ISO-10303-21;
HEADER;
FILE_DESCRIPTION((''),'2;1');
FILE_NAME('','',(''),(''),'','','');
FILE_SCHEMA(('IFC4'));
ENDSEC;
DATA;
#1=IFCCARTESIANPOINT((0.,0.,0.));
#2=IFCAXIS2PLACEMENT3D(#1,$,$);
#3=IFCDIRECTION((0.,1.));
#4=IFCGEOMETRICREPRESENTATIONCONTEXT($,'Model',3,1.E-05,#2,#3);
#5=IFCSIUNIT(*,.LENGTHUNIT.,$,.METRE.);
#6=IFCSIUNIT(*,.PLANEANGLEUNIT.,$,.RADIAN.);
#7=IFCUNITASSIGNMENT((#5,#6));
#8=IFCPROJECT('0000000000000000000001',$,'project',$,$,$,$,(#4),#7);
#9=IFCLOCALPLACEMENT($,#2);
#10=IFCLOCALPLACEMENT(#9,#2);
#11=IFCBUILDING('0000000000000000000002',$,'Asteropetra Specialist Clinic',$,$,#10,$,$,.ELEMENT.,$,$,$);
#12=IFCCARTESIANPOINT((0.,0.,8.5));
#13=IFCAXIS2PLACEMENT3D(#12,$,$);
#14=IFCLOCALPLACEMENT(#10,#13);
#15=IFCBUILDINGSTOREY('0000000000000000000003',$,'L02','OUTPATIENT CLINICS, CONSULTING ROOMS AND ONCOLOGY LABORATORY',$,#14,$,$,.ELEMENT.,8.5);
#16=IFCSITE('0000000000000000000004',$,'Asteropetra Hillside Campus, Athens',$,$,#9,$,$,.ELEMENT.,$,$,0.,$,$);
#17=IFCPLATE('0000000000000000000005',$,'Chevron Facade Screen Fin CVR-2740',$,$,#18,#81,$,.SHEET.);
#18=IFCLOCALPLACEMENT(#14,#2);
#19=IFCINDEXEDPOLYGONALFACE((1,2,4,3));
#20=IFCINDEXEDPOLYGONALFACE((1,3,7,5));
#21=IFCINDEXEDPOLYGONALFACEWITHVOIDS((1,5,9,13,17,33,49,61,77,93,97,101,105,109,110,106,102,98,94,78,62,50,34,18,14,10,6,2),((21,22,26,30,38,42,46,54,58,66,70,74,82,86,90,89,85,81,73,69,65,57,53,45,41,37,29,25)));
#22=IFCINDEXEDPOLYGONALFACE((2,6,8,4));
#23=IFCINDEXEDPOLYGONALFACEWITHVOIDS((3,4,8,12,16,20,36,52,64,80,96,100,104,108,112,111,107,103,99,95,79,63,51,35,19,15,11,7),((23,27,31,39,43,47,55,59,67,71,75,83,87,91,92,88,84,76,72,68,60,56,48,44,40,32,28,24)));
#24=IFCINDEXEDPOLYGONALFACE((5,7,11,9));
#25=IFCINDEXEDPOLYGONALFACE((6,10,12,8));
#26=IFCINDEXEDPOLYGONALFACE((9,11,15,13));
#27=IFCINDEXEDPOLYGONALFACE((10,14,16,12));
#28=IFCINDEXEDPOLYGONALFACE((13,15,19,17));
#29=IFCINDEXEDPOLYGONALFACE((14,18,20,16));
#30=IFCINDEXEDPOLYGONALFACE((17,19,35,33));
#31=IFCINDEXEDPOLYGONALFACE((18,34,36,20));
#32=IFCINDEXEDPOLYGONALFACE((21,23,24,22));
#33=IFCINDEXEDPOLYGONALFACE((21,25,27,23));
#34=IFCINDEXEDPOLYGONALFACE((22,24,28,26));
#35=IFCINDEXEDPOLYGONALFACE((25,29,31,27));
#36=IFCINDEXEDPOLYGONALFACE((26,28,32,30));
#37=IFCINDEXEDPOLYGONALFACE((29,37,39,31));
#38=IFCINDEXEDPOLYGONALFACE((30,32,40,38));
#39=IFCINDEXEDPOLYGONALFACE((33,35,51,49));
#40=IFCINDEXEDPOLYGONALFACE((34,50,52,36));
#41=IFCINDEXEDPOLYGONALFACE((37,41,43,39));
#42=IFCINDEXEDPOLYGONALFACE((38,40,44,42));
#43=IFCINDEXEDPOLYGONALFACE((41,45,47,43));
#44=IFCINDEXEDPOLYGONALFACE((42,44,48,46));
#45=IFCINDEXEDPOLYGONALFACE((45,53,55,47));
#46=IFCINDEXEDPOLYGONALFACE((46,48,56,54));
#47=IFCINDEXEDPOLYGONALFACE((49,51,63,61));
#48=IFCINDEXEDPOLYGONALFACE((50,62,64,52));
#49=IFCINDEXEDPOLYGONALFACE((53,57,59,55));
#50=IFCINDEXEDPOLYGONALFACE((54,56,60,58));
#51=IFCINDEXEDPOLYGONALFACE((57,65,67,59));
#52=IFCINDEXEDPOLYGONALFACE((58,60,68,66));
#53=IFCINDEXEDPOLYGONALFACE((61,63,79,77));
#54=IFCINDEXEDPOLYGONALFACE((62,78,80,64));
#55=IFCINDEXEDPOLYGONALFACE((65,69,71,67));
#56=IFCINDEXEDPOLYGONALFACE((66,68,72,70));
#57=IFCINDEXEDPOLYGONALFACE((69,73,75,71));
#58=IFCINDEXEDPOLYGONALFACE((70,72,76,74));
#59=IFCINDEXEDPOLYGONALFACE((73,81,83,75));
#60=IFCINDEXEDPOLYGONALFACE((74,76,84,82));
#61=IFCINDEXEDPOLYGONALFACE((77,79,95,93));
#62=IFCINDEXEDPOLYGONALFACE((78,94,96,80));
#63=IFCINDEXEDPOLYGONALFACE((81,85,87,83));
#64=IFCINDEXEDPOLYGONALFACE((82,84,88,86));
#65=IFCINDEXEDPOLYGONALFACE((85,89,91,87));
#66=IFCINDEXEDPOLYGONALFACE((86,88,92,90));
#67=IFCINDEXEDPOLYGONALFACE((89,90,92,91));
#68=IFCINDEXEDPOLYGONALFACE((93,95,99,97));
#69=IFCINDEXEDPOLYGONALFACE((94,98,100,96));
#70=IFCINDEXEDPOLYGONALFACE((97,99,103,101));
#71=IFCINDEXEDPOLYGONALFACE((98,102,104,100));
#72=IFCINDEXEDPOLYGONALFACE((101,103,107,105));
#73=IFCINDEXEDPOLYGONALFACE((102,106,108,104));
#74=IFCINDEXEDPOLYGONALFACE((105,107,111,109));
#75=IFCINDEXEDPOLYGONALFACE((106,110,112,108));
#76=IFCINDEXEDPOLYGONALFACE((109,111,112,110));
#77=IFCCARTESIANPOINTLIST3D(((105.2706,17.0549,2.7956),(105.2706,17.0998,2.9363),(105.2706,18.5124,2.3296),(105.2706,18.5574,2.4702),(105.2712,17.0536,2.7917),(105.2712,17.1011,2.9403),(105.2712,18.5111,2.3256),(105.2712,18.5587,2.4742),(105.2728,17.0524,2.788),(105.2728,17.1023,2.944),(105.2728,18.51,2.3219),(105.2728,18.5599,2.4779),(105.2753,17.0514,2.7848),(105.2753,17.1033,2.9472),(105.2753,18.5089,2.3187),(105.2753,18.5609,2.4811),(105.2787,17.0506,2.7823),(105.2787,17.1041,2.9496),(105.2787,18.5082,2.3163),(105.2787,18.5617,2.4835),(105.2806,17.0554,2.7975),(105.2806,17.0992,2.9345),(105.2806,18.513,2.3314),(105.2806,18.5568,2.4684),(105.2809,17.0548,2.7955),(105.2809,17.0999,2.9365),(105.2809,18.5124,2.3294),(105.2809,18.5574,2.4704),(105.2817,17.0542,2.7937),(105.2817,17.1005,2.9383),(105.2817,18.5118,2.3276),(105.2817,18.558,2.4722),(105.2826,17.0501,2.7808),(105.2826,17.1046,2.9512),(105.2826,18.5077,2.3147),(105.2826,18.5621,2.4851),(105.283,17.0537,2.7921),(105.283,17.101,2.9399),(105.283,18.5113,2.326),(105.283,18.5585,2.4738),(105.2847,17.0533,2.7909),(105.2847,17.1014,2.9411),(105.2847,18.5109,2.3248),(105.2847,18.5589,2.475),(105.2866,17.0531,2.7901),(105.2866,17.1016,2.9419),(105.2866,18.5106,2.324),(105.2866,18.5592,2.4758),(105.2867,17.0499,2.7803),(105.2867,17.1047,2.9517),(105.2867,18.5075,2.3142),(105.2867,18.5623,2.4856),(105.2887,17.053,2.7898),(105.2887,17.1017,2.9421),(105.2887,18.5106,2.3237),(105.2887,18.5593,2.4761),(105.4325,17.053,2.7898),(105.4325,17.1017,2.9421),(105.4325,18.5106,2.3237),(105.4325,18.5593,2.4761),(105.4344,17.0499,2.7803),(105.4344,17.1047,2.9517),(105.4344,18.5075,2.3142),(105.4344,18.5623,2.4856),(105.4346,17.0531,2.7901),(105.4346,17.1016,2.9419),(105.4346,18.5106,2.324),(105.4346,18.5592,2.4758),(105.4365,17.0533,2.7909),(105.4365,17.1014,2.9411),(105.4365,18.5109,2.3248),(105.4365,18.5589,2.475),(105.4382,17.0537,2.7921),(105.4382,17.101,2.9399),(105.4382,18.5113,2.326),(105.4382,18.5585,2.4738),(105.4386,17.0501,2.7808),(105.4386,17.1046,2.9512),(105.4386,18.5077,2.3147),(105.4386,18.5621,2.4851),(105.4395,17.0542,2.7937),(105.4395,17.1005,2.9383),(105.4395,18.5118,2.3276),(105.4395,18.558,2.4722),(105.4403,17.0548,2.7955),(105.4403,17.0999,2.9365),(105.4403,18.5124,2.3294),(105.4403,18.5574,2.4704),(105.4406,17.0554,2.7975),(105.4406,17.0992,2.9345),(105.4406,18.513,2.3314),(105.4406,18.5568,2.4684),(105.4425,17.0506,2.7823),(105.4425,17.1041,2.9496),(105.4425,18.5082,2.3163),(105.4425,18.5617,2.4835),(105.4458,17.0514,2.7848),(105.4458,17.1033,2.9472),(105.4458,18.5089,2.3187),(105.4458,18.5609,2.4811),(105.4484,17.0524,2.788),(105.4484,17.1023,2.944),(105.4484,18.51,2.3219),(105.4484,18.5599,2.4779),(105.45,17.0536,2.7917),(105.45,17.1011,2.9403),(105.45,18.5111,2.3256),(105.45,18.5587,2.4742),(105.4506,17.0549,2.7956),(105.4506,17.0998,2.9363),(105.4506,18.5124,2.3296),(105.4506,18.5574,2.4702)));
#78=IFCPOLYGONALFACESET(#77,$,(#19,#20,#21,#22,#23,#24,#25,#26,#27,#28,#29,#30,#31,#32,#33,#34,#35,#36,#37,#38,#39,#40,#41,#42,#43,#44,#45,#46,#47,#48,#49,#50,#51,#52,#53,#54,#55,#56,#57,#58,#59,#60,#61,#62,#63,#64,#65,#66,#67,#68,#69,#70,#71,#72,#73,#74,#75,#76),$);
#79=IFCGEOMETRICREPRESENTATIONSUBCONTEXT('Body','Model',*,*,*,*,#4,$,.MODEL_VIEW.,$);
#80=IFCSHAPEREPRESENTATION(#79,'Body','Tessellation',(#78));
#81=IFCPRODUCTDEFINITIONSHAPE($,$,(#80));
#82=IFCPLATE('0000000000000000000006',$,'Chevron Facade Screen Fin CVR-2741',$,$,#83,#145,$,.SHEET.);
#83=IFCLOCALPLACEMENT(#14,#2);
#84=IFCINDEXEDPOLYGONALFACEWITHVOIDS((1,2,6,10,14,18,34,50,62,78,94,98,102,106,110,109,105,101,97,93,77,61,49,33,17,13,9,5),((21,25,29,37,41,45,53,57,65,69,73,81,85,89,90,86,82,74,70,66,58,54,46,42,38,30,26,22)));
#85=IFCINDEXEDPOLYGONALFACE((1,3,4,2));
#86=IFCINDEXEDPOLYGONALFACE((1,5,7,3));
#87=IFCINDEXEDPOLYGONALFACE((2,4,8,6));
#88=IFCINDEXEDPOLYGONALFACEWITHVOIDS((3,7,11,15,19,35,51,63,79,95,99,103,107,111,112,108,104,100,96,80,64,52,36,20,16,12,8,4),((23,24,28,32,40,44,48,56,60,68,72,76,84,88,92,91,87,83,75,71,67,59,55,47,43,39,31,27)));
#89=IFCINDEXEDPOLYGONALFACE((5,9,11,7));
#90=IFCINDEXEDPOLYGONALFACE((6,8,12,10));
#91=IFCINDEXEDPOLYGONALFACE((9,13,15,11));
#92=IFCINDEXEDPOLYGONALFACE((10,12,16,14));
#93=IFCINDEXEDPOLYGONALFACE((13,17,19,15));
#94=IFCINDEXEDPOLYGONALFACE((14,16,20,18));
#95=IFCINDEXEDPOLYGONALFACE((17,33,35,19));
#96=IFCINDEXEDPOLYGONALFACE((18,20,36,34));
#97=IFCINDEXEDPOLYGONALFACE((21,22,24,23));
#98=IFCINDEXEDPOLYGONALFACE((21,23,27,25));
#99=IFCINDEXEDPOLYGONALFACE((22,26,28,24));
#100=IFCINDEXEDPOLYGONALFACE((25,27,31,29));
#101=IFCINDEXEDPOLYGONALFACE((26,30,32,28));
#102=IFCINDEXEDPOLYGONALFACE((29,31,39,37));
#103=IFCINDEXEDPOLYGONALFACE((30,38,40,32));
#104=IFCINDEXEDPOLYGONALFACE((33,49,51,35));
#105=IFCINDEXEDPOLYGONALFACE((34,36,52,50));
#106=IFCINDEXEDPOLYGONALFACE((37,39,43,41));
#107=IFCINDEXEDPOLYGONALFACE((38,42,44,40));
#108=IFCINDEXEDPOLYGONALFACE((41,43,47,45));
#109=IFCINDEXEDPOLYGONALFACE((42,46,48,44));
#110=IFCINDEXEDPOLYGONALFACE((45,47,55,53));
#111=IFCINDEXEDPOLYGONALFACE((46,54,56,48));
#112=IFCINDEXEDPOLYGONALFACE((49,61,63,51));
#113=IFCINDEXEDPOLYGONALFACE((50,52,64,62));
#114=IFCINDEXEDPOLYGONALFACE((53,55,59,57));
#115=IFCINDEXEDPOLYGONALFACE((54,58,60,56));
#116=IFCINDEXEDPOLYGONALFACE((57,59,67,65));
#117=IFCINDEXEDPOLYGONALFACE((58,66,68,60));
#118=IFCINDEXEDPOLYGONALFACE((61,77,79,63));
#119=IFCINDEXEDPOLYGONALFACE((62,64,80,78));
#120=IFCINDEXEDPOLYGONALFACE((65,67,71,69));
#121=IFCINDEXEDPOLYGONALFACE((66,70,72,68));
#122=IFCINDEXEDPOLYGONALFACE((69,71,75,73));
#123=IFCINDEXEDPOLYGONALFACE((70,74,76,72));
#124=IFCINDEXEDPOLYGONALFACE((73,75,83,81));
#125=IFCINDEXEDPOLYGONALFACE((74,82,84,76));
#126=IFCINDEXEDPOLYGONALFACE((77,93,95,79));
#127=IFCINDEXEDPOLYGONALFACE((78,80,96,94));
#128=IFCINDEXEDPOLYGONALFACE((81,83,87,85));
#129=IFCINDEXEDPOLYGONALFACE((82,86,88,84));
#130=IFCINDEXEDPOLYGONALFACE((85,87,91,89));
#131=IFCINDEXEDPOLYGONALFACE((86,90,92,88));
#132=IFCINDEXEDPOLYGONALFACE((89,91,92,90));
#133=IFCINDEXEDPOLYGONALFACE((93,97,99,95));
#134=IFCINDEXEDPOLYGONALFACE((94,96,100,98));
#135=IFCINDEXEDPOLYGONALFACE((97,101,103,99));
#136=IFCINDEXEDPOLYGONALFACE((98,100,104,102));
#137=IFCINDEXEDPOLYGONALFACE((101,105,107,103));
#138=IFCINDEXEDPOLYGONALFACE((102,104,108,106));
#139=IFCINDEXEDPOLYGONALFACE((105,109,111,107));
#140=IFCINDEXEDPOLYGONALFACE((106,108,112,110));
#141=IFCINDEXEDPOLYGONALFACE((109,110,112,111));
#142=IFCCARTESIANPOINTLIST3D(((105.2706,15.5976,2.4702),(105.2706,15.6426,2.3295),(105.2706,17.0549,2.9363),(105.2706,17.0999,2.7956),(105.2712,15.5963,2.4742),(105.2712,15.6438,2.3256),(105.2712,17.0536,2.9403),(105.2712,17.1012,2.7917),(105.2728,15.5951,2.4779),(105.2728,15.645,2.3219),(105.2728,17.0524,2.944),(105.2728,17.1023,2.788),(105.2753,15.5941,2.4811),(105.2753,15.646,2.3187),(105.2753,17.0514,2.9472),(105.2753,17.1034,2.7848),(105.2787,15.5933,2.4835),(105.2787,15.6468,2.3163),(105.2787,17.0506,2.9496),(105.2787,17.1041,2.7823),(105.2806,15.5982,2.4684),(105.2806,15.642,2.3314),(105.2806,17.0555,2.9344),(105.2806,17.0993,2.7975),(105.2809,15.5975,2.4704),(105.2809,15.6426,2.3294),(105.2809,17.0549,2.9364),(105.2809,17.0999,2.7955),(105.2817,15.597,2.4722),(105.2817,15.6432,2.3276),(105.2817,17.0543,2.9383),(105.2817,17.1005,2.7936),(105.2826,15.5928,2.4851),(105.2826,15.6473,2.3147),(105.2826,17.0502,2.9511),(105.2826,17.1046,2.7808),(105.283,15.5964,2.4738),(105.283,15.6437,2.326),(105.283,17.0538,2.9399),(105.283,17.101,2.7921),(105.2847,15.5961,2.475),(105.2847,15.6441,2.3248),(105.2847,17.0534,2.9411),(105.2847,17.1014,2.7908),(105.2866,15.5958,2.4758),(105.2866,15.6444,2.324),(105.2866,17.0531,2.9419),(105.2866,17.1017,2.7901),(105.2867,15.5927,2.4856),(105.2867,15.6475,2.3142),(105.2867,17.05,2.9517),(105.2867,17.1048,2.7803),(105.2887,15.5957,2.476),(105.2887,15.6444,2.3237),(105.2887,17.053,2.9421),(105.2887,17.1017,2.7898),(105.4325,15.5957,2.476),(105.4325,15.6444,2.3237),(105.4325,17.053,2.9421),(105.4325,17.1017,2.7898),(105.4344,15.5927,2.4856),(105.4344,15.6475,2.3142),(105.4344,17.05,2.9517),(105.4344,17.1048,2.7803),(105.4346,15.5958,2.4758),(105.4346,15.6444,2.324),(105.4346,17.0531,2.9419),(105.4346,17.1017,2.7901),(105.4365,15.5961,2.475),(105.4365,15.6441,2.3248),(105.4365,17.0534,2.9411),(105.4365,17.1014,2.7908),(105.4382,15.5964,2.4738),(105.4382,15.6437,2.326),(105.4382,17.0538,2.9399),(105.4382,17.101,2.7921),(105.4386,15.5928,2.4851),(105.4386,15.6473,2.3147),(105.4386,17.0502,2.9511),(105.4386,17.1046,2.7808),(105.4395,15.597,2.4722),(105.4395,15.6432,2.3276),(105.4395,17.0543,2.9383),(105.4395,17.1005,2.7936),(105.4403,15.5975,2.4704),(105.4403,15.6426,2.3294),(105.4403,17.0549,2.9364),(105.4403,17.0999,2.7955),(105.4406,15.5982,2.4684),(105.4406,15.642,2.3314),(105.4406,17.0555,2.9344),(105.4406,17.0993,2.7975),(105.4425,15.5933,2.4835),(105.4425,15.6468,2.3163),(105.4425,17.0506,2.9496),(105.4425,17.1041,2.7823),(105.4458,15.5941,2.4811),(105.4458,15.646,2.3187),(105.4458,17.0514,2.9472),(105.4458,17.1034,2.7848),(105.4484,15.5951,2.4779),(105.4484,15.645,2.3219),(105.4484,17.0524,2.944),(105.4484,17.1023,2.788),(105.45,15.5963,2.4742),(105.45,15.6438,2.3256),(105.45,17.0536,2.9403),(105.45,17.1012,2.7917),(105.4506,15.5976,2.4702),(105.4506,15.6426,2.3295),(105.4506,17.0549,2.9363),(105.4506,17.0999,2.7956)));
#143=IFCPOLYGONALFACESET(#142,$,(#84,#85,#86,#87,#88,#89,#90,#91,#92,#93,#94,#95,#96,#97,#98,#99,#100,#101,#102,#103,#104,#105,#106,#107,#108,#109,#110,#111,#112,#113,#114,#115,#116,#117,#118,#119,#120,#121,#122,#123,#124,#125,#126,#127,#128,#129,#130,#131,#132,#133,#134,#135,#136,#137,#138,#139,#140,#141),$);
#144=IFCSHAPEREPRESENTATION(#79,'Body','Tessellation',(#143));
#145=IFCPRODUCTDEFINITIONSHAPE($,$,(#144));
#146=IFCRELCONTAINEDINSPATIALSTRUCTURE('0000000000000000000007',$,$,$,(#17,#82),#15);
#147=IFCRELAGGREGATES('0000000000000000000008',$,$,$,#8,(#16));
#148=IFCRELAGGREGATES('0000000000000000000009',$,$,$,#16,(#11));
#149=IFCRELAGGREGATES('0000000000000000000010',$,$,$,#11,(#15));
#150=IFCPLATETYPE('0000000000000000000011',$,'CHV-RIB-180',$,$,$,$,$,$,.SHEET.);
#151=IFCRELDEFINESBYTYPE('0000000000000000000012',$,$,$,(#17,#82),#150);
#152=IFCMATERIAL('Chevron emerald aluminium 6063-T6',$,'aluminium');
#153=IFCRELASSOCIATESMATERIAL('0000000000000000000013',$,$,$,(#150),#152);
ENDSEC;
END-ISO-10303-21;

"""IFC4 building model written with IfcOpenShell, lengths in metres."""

from ifc_helpers import new_model, si_unit, direction, frame, origin, origin_2d, place, context, subcontext, project, spatial, hollow_rectangle, extrude, material, material_profile, profile_set, type_object, element, save


model = new_model("IFC4")

# Units and contexts
model_context = context("Model", 3, precision=1e-05, world=origin(), true_north=direction((0.0, 1.0)))
body_context = subcontext(model_context, "Body", "Model", "MODEL_VIEW")
ifc_project = project(units=[si_unit("LENGTHUNIT", "METRE"), si_unit("PLANEANGLEUNIT", "RADIAN")], contexts=[model_context])

# Site, building, storey
site_placement = place(None, origin())
site = spatial("IfcSite", under=ifc_project, at=site_placement, Name="Asteropetra Hillside Campus, Athens", CompositionType="ELEMENT", RefElevation=0.0)
building_placement = place(site_placement, origin())
building = spatial("IfcBuilding", under=site, at=building_placement, Name="Asteropetra Specialist Clinic", CompositionType="ELEMENT")
storey_placement = place(building_placement, frame((0.0, 0.0, 8.5)))
storey = spatial("IfcBuildingStorey", under=building, at=storey_placement, Name="L02", Description="OUTPATIENT CLINICS, CONSULTING ROOMS AND ONCOLOGY LABORATORY", CompositionType="ELEMENT", Elevation=8.5)

# Plates
ifc_material_1 = material(Name="Chevron emerald aluminium 6063-T6", Category="aluminium")
ifc_material_profile = material_profile(ifc_material_1, hollow_rectangle(XDim=0.1799, YDim=0.1799, WallThickness=0.01, InnerFilletRadius=0.0081, OuterFilletRadius=0.0161, at=origin_2d()), Name="SHS 180x180x10.0")
ifc_profile_set = profile_set([ifc_material_profile], Name="Chevron emerald aluminium 6063-T6")
plate_type = type_object("IfcPlateType", Name="CHV-RIB-180", PredefinedType="SHEET", material=ifc_profile_set)
plate_placement = place(storey_placement, frame((105.3606, 18.5349, 2.3999), z_axis=(0.0, -0.952489, 0.304573), x_axis=(1.0, 0.0, 0.0)))
element("IfcPlate", 1, at=plate_placement, inside=storey, type_object=plate_type, Name="Chevron Facade Screen Fin CVR-2740", PredefinedType="SHEET", context=body_context, shape_type="SweptSolid", body=[
    extrude(hollow_rectangle(XDim=0.1799, YDim=0.1799, WallThickness=0.01, InnerFilletRadius=0.0081, OuterFilletRadius=0.0161, at=origin_2d()), origin(), (0.0, 0.0, 1.0), 1.5303),
])
for number, where, z_axis, x_axis, name in (
    (2, (105.3606, 17.0774, 2.866), (0.0, -0.952474, -0.304619), (1.0, 0.0, 0.0), "Chevron Facade Screen Fin CVR-2741"),
):
    element("IfcPlate", number, at=place(storey_placement, frame(where, z_axis=z_axis, x_axis=x_axis)), inside=storey, type_object=plate_type, Name=name, PredefinedType="SHEET", context=body_context, shape_type="SweptSolid", body=[
        extrude(hollow_rectangle(XDim=0.1799, YDim=0.1799, WallThickness=0.01, InnerFilletRadius=0.0081, OuterFilletRadius=0.0161, at=origin_2d()), origin(), (0.0, 0.0, 1.0), 1.53),
    ])

save(model, "model.ifc")
